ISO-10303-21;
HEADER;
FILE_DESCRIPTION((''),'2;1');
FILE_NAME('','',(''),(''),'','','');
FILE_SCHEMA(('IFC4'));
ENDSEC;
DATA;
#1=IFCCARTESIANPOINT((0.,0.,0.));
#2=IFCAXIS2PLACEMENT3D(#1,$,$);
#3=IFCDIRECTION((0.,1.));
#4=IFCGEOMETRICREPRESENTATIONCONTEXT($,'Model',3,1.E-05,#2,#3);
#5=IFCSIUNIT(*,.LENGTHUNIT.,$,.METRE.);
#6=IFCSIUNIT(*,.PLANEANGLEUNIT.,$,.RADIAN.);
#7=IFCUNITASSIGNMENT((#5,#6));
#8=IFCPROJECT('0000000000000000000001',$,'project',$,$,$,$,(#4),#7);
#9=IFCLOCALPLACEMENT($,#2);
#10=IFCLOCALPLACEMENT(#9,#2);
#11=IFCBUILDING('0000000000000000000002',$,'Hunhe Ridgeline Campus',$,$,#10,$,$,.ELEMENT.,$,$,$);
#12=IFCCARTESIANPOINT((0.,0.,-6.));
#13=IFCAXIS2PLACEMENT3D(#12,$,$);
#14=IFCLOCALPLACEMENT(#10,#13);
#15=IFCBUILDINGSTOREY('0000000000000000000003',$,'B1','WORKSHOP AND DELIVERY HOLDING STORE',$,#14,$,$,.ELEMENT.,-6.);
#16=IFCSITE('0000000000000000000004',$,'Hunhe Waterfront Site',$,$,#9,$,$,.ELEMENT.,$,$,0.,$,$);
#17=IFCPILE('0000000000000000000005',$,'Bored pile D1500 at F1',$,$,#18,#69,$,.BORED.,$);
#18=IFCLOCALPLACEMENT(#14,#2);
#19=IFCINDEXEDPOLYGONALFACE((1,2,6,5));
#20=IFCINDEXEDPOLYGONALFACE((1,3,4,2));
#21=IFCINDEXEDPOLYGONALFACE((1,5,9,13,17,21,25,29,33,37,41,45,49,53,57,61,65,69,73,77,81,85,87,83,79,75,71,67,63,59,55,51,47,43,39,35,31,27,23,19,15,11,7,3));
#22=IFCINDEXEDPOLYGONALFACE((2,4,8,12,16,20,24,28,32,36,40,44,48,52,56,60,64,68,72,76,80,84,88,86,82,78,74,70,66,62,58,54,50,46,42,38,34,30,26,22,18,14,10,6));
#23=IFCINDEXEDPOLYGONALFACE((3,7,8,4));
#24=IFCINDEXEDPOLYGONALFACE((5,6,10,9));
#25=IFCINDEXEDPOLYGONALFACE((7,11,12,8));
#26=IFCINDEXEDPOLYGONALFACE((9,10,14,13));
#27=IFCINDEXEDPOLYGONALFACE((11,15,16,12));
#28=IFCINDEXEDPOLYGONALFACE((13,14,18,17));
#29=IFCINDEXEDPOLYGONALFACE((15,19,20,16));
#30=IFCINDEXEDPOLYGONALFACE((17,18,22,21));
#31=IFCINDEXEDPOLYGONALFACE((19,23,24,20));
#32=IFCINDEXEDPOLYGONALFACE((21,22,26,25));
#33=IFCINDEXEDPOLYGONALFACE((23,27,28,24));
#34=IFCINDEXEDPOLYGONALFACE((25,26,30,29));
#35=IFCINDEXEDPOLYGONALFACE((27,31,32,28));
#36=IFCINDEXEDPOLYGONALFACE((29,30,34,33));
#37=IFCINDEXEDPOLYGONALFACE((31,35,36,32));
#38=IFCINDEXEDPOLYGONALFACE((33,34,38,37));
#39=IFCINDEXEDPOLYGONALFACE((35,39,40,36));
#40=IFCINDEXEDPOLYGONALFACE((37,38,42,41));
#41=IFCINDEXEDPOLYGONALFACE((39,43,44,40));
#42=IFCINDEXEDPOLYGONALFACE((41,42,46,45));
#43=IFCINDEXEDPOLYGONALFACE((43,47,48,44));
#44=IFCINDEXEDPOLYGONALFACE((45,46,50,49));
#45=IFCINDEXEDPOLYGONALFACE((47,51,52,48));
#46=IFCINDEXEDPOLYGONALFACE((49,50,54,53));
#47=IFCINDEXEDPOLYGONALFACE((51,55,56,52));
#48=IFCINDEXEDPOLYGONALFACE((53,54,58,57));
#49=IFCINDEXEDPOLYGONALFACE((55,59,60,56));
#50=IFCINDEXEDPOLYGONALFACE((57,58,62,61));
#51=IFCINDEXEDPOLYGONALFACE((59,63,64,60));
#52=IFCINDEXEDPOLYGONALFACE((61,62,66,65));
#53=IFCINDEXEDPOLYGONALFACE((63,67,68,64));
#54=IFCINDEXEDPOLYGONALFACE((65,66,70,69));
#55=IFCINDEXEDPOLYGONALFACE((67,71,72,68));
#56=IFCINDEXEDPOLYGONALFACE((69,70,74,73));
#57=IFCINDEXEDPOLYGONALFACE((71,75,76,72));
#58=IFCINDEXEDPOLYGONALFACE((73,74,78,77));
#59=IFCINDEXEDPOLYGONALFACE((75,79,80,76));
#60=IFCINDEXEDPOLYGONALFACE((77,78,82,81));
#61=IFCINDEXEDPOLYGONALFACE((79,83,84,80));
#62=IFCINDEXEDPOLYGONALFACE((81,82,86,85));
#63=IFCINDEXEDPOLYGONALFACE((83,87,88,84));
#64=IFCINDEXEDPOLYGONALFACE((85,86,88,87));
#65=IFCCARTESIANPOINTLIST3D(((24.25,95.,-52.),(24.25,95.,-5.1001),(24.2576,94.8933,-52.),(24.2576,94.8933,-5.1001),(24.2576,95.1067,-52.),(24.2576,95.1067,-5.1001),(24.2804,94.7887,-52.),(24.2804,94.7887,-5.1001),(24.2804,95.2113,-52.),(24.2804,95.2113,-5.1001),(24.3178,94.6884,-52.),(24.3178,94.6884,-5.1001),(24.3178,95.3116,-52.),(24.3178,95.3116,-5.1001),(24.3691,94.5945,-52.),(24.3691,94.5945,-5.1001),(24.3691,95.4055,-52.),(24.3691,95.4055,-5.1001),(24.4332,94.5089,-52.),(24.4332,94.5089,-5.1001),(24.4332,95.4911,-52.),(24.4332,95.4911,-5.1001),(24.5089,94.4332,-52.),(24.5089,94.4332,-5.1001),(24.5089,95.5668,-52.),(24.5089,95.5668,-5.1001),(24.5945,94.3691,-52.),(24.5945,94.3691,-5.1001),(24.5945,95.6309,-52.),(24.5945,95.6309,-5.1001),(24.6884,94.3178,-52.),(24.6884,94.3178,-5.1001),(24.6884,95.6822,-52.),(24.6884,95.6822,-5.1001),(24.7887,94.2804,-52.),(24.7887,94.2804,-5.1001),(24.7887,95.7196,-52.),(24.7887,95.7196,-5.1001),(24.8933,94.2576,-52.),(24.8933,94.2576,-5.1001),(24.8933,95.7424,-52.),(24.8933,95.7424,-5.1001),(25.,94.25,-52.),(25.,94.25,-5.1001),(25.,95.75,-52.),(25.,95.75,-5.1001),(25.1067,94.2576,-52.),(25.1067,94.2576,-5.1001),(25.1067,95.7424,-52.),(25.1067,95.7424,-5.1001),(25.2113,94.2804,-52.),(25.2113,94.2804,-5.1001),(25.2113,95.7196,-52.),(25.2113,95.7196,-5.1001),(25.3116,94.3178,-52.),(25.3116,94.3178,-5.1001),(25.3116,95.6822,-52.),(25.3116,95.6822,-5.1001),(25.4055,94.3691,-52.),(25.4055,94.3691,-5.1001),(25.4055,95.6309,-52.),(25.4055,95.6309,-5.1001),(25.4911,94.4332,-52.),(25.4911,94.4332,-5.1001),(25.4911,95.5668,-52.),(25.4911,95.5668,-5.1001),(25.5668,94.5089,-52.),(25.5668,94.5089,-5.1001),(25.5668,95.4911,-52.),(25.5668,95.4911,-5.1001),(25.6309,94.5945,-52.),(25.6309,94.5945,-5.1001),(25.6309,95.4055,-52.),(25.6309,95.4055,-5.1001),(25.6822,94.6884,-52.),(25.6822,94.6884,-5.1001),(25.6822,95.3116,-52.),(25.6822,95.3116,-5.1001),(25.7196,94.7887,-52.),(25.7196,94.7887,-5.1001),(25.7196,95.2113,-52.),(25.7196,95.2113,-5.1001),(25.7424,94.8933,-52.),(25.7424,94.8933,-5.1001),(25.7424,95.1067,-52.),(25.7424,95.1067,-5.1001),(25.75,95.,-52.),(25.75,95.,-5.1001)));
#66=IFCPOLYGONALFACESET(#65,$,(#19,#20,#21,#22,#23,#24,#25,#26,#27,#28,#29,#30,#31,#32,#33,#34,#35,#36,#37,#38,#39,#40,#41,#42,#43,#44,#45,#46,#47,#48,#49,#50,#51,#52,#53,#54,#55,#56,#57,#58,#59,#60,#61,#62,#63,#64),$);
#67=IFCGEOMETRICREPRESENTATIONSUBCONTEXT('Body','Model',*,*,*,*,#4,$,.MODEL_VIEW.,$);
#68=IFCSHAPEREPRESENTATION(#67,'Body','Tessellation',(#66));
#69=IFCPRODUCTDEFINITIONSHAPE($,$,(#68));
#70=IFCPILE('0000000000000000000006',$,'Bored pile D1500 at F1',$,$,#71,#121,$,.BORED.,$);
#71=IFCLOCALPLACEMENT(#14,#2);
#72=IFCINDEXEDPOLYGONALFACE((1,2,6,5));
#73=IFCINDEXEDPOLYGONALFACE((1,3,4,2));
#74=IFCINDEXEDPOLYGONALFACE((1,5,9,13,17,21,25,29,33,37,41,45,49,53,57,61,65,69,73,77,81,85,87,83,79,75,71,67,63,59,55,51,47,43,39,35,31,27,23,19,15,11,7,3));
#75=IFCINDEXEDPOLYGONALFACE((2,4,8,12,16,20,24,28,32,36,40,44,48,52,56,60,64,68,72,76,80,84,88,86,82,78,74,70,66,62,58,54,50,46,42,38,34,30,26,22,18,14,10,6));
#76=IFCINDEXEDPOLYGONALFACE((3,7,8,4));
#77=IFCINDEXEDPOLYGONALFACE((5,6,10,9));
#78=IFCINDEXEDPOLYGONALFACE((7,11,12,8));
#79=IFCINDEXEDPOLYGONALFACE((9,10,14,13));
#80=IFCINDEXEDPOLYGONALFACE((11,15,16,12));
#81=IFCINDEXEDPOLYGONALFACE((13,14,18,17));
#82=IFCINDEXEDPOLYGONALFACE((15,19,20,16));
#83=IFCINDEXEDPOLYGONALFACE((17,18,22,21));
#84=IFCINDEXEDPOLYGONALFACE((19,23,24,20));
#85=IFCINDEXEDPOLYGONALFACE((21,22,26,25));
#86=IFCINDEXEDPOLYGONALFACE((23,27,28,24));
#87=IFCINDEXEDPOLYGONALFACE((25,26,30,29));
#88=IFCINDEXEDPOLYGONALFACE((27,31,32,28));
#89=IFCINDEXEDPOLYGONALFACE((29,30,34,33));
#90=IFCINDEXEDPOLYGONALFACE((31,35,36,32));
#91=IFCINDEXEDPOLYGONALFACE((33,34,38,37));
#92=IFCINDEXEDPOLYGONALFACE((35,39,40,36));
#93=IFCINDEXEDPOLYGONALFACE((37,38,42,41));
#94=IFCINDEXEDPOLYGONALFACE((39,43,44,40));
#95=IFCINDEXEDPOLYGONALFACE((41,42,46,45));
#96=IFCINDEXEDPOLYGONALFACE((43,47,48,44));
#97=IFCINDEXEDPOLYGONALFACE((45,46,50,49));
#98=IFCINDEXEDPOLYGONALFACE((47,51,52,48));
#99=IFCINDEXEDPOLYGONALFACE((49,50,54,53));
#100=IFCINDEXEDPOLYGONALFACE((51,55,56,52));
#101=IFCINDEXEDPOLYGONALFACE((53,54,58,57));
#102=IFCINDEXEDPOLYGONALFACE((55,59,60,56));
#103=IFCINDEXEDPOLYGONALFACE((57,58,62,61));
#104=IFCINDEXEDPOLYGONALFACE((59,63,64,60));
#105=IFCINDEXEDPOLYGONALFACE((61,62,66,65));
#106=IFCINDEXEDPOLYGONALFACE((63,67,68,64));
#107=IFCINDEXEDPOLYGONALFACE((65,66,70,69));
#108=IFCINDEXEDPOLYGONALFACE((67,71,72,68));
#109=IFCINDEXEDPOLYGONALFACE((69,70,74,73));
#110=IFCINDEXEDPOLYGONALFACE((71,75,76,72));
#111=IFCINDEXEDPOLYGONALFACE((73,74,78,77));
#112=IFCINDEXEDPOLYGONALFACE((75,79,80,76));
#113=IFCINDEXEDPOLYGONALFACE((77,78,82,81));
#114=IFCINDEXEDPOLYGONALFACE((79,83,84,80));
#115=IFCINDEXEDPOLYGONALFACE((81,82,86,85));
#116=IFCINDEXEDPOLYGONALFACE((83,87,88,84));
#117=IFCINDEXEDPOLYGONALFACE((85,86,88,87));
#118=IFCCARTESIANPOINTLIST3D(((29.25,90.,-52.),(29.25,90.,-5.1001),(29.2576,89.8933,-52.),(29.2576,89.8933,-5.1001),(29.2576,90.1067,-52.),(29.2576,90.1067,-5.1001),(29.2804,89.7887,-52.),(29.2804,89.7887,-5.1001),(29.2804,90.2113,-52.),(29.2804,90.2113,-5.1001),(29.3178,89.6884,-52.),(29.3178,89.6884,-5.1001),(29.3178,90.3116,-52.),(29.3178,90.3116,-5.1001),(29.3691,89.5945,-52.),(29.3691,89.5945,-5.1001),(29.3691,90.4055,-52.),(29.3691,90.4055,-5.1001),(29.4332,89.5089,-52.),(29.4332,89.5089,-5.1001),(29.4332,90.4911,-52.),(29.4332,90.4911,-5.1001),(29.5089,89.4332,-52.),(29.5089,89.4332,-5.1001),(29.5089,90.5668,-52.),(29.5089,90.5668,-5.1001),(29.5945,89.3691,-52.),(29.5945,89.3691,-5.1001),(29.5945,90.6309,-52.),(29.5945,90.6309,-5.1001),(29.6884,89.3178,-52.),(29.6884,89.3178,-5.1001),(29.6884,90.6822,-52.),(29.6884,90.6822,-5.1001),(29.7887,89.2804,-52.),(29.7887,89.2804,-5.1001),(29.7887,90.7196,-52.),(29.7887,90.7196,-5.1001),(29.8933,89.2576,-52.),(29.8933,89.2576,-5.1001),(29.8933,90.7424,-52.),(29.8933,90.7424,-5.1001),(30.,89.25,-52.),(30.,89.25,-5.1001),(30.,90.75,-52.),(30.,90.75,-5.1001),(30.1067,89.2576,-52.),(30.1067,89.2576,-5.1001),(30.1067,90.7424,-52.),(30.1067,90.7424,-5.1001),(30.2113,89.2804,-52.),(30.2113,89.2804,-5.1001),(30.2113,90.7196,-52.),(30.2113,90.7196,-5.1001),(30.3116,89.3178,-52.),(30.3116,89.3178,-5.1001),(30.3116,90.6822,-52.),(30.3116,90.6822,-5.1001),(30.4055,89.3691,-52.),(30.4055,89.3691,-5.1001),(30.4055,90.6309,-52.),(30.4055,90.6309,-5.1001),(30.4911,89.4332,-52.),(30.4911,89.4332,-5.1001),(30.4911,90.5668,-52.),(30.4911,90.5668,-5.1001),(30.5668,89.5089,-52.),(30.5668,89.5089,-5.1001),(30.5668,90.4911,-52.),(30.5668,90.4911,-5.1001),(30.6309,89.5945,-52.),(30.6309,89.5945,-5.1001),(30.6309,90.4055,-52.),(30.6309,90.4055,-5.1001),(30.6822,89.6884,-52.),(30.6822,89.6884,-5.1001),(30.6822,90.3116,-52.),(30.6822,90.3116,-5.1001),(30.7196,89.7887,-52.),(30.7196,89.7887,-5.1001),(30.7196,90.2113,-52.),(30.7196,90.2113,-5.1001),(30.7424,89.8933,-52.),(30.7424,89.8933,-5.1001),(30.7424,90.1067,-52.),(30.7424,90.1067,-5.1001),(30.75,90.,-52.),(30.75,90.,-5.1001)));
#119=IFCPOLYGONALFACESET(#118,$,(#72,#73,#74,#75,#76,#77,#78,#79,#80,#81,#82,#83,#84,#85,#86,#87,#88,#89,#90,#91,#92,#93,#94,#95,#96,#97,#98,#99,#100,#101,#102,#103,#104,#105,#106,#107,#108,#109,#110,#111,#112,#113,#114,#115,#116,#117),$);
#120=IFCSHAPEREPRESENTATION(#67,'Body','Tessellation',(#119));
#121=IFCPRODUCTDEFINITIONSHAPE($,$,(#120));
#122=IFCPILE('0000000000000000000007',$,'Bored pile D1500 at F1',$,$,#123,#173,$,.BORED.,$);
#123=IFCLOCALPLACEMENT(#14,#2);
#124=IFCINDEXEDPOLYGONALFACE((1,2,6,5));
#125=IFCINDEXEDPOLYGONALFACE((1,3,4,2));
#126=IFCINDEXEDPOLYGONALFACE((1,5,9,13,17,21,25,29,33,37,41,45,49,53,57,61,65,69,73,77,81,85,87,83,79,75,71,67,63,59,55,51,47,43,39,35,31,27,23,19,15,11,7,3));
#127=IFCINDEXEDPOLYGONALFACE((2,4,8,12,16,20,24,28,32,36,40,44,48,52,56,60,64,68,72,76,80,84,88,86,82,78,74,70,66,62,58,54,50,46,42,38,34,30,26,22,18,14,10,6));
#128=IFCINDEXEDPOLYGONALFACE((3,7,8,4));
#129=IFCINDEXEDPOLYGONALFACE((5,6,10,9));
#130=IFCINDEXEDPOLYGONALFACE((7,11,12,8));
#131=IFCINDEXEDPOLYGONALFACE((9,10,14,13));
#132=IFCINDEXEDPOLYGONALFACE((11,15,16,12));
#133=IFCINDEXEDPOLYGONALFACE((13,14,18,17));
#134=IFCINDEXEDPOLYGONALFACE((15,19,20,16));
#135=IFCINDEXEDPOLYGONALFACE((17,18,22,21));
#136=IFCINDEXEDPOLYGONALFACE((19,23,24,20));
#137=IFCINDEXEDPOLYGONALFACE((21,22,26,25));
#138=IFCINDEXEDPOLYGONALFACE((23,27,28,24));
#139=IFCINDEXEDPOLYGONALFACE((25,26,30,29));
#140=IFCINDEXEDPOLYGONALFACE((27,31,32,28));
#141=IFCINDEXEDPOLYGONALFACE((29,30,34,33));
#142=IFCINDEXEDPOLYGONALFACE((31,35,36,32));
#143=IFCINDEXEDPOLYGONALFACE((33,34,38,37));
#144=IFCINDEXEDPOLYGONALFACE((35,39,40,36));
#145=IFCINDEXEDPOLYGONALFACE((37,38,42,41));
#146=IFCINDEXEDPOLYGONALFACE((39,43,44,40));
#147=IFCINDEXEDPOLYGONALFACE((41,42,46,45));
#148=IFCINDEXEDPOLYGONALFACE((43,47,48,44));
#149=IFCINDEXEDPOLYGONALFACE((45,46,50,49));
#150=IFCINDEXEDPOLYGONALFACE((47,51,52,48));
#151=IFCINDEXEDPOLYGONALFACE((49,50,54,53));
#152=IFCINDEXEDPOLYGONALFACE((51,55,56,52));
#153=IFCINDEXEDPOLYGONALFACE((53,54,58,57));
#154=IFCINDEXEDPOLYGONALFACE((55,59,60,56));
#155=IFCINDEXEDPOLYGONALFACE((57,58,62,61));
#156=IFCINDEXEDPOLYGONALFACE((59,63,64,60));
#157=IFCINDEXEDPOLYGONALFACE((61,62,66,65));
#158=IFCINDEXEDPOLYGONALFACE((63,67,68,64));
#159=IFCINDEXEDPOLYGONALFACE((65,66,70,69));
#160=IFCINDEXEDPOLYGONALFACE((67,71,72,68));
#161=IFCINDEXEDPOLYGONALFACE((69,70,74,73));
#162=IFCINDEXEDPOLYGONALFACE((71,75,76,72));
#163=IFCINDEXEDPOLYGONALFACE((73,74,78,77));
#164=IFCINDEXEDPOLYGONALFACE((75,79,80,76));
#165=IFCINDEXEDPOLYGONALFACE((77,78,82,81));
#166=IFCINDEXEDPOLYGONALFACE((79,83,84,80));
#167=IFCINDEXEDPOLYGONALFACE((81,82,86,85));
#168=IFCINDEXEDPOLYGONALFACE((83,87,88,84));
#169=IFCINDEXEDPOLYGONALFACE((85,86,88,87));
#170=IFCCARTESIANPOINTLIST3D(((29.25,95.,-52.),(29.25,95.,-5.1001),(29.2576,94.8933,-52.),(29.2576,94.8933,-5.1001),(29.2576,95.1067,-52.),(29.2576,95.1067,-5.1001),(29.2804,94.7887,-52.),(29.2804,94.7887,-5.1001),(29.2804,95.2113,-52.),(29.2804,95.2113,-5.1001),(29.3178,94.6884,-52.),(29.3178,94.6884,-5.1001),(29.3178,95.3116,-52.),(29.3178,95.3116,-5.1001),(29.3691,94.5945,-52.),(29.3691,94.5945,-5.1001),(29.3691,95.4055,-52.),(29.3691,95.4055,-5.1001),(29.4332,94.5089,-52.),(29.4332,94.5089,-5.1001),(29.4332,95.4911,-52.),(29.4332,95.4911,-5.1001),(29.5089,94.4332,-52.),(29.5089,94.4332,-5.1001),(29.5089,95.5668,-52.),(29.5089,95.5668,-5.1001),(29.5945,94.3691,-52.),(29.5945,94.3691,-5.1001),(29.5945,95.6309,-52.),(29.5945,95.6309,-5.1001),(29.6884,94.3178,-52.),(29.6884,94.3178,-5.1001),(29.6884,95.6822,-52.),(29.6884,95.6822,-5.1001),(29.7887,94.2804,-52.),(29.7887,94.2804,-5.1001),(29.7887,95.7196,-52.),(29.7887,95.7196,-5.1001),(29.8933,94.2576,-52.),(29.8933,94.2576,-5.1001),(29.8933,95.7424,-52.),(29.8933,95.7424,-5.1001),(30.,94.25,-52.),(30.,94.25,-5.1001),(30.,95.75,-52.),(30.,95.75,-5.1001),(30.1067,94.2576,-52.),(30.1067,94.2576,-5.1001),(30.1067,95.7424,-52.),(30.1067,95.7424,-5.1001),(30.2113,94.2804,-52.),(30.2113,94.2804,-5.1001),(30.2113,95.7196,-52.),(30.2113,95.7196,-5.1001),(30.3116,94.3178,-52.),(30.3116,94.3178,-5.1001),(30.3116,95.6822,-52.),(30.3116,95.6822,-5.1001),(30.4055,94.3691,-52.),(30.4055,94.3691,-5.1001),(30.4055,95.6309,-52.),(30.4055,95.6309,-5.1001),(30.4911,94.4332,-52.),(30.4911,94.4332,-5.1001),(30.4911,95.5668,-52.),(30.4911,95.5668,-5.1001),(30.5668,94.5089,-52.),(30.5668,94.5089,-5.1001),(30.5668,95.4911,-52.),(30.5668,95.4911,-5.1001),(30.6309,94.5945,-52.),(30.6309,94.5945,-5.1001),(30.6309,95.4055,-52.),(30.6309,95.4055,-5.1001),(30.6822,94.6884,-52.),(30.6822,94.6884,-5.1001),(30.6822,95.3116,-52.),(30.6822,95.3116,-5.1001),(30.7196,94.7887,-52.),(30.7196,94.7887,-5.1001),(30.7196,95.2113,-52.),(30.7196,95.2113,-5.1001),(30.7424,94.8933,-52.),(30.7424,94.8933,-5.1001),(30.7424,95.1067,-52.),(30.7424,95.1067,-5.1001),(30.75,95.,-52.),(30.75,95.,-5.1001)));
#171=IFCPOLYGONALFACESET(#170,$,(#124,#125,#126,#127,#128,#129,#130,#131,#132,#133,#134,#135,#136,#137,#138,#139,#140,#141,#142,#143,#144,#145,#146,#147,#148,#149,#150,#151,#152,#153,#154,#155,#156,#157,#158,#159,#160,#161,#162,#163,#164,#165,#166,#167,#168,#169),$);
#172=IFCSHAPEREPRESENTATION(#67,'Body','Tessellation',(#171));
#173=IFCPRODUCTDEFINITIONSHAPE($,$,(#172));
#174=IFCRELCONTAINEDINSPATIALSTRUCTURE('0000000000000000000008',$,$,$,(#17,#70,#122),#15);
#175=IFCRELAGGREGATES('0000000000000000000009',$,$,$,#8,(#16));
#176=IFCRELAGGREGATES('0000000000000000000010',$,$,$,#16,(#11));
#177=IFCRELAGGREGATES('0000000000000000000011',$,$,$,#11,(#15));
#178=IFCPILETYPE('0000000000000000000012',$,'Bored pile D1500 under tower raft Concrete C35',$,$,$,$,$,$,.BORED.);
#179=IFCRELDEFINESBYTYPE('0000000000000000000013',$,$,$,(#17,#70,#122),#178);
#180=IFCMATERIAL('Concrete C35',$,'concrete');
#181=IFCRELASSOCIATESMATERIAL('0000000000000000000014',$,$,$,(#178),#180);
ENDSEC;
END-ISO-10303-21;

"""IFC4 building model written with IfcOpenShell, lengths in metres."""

from ifc_helpers import new_model, si_unit, direction, frame, origin, origin_2d, place, context, subcontext, project, spatial, circle, extrude, material, material_profile, profile_set, type_object, element, save


model = new_model("IFC4")

# Units and contexts
model_context = context("Model", 3, precision=1e-05, world=origin(), true_north=direction((0.0, 1.0)))
body_context = subcontext(model_context, "Body", "Model", "MODEL_VIEW")
ifc_project = project(units=[si_unit("LENGTHUNIT", "METRE"), si_unit("PLANEANGLEUNIT", "RADIAN")], contexts=[model_context])

# Site, building, storey
site_placement = place(None, origin())
site = spatial("IfcSite", under=ifc_project, at=site_placement, Name="Hunhe Waterfront Site", CompositionType="ELEMENT", RefElevation=0.0)
building_placement = place(site_placement, origin())
building = spatial("IfcBuilding", under=site, at=building_placement, Name="Hunhe Ridgeline Campus", CompositionType="ELEMENT")
storey_placement = place(building_placement, frame((0.0, 0.0, -6.0)))
storey = spatial("IfcBuildingStorey", under=building, at=storey_placement, Name="B1", Description="WORKSHOP AND DELIVERY HOLDING STORE", CompositionType="ELEMENT", Elevation=-6.0)

# Piles
ifc_material_1 = material(Name="Concrete C35", Category="concrete")
ifc_material_profile = material_profile(ifc_material_1, circle(Radius=0.75, at=origin_2d()))
ifc_profile_set = profile_set([ifc_material_profile], Name="Concrete C35")
pile_type = type_object("IfcPileType", Name="Bored pile D1500 under tower raft Concrete C35", PredefinedType="BORED", material=ifc_profile_set)
for number, where, z_axis, x_axis, name in (
    (1, (25.0, 95.0, -5.1001), (0.0, 0.0, -1.0), (1.0, 0.0, 0.0), "Bored pile D1500 at F1"),
    (2, (30.0, 90.0, -5.1001), (0.0, 0.0, -1.0), (1.0, 0.0, 0.0), "Bored pile D1500 at F1"),
    (3, (30.0, 95.0, -5.1001), (0.0, 0.0, -1.0), (1.0, 0.0, 0.0), "Bored pile D1500 at F1"),
):
    element("IfcPile", number, at=place(storey_placement, frame(where, z_axis=z_axis, x_axis=x_axis)), inside=storey, type_object=pile_type, Name=name, PredefinedType="BORED", context=body_context, shape_type="SweptSolid", body=[
        extrude(circle(Radius=0.75, at=origin_2d()), origin(), (0.0, 0.0, 1.0), 46.8999),
    ])

save(model, "model.ifc")
